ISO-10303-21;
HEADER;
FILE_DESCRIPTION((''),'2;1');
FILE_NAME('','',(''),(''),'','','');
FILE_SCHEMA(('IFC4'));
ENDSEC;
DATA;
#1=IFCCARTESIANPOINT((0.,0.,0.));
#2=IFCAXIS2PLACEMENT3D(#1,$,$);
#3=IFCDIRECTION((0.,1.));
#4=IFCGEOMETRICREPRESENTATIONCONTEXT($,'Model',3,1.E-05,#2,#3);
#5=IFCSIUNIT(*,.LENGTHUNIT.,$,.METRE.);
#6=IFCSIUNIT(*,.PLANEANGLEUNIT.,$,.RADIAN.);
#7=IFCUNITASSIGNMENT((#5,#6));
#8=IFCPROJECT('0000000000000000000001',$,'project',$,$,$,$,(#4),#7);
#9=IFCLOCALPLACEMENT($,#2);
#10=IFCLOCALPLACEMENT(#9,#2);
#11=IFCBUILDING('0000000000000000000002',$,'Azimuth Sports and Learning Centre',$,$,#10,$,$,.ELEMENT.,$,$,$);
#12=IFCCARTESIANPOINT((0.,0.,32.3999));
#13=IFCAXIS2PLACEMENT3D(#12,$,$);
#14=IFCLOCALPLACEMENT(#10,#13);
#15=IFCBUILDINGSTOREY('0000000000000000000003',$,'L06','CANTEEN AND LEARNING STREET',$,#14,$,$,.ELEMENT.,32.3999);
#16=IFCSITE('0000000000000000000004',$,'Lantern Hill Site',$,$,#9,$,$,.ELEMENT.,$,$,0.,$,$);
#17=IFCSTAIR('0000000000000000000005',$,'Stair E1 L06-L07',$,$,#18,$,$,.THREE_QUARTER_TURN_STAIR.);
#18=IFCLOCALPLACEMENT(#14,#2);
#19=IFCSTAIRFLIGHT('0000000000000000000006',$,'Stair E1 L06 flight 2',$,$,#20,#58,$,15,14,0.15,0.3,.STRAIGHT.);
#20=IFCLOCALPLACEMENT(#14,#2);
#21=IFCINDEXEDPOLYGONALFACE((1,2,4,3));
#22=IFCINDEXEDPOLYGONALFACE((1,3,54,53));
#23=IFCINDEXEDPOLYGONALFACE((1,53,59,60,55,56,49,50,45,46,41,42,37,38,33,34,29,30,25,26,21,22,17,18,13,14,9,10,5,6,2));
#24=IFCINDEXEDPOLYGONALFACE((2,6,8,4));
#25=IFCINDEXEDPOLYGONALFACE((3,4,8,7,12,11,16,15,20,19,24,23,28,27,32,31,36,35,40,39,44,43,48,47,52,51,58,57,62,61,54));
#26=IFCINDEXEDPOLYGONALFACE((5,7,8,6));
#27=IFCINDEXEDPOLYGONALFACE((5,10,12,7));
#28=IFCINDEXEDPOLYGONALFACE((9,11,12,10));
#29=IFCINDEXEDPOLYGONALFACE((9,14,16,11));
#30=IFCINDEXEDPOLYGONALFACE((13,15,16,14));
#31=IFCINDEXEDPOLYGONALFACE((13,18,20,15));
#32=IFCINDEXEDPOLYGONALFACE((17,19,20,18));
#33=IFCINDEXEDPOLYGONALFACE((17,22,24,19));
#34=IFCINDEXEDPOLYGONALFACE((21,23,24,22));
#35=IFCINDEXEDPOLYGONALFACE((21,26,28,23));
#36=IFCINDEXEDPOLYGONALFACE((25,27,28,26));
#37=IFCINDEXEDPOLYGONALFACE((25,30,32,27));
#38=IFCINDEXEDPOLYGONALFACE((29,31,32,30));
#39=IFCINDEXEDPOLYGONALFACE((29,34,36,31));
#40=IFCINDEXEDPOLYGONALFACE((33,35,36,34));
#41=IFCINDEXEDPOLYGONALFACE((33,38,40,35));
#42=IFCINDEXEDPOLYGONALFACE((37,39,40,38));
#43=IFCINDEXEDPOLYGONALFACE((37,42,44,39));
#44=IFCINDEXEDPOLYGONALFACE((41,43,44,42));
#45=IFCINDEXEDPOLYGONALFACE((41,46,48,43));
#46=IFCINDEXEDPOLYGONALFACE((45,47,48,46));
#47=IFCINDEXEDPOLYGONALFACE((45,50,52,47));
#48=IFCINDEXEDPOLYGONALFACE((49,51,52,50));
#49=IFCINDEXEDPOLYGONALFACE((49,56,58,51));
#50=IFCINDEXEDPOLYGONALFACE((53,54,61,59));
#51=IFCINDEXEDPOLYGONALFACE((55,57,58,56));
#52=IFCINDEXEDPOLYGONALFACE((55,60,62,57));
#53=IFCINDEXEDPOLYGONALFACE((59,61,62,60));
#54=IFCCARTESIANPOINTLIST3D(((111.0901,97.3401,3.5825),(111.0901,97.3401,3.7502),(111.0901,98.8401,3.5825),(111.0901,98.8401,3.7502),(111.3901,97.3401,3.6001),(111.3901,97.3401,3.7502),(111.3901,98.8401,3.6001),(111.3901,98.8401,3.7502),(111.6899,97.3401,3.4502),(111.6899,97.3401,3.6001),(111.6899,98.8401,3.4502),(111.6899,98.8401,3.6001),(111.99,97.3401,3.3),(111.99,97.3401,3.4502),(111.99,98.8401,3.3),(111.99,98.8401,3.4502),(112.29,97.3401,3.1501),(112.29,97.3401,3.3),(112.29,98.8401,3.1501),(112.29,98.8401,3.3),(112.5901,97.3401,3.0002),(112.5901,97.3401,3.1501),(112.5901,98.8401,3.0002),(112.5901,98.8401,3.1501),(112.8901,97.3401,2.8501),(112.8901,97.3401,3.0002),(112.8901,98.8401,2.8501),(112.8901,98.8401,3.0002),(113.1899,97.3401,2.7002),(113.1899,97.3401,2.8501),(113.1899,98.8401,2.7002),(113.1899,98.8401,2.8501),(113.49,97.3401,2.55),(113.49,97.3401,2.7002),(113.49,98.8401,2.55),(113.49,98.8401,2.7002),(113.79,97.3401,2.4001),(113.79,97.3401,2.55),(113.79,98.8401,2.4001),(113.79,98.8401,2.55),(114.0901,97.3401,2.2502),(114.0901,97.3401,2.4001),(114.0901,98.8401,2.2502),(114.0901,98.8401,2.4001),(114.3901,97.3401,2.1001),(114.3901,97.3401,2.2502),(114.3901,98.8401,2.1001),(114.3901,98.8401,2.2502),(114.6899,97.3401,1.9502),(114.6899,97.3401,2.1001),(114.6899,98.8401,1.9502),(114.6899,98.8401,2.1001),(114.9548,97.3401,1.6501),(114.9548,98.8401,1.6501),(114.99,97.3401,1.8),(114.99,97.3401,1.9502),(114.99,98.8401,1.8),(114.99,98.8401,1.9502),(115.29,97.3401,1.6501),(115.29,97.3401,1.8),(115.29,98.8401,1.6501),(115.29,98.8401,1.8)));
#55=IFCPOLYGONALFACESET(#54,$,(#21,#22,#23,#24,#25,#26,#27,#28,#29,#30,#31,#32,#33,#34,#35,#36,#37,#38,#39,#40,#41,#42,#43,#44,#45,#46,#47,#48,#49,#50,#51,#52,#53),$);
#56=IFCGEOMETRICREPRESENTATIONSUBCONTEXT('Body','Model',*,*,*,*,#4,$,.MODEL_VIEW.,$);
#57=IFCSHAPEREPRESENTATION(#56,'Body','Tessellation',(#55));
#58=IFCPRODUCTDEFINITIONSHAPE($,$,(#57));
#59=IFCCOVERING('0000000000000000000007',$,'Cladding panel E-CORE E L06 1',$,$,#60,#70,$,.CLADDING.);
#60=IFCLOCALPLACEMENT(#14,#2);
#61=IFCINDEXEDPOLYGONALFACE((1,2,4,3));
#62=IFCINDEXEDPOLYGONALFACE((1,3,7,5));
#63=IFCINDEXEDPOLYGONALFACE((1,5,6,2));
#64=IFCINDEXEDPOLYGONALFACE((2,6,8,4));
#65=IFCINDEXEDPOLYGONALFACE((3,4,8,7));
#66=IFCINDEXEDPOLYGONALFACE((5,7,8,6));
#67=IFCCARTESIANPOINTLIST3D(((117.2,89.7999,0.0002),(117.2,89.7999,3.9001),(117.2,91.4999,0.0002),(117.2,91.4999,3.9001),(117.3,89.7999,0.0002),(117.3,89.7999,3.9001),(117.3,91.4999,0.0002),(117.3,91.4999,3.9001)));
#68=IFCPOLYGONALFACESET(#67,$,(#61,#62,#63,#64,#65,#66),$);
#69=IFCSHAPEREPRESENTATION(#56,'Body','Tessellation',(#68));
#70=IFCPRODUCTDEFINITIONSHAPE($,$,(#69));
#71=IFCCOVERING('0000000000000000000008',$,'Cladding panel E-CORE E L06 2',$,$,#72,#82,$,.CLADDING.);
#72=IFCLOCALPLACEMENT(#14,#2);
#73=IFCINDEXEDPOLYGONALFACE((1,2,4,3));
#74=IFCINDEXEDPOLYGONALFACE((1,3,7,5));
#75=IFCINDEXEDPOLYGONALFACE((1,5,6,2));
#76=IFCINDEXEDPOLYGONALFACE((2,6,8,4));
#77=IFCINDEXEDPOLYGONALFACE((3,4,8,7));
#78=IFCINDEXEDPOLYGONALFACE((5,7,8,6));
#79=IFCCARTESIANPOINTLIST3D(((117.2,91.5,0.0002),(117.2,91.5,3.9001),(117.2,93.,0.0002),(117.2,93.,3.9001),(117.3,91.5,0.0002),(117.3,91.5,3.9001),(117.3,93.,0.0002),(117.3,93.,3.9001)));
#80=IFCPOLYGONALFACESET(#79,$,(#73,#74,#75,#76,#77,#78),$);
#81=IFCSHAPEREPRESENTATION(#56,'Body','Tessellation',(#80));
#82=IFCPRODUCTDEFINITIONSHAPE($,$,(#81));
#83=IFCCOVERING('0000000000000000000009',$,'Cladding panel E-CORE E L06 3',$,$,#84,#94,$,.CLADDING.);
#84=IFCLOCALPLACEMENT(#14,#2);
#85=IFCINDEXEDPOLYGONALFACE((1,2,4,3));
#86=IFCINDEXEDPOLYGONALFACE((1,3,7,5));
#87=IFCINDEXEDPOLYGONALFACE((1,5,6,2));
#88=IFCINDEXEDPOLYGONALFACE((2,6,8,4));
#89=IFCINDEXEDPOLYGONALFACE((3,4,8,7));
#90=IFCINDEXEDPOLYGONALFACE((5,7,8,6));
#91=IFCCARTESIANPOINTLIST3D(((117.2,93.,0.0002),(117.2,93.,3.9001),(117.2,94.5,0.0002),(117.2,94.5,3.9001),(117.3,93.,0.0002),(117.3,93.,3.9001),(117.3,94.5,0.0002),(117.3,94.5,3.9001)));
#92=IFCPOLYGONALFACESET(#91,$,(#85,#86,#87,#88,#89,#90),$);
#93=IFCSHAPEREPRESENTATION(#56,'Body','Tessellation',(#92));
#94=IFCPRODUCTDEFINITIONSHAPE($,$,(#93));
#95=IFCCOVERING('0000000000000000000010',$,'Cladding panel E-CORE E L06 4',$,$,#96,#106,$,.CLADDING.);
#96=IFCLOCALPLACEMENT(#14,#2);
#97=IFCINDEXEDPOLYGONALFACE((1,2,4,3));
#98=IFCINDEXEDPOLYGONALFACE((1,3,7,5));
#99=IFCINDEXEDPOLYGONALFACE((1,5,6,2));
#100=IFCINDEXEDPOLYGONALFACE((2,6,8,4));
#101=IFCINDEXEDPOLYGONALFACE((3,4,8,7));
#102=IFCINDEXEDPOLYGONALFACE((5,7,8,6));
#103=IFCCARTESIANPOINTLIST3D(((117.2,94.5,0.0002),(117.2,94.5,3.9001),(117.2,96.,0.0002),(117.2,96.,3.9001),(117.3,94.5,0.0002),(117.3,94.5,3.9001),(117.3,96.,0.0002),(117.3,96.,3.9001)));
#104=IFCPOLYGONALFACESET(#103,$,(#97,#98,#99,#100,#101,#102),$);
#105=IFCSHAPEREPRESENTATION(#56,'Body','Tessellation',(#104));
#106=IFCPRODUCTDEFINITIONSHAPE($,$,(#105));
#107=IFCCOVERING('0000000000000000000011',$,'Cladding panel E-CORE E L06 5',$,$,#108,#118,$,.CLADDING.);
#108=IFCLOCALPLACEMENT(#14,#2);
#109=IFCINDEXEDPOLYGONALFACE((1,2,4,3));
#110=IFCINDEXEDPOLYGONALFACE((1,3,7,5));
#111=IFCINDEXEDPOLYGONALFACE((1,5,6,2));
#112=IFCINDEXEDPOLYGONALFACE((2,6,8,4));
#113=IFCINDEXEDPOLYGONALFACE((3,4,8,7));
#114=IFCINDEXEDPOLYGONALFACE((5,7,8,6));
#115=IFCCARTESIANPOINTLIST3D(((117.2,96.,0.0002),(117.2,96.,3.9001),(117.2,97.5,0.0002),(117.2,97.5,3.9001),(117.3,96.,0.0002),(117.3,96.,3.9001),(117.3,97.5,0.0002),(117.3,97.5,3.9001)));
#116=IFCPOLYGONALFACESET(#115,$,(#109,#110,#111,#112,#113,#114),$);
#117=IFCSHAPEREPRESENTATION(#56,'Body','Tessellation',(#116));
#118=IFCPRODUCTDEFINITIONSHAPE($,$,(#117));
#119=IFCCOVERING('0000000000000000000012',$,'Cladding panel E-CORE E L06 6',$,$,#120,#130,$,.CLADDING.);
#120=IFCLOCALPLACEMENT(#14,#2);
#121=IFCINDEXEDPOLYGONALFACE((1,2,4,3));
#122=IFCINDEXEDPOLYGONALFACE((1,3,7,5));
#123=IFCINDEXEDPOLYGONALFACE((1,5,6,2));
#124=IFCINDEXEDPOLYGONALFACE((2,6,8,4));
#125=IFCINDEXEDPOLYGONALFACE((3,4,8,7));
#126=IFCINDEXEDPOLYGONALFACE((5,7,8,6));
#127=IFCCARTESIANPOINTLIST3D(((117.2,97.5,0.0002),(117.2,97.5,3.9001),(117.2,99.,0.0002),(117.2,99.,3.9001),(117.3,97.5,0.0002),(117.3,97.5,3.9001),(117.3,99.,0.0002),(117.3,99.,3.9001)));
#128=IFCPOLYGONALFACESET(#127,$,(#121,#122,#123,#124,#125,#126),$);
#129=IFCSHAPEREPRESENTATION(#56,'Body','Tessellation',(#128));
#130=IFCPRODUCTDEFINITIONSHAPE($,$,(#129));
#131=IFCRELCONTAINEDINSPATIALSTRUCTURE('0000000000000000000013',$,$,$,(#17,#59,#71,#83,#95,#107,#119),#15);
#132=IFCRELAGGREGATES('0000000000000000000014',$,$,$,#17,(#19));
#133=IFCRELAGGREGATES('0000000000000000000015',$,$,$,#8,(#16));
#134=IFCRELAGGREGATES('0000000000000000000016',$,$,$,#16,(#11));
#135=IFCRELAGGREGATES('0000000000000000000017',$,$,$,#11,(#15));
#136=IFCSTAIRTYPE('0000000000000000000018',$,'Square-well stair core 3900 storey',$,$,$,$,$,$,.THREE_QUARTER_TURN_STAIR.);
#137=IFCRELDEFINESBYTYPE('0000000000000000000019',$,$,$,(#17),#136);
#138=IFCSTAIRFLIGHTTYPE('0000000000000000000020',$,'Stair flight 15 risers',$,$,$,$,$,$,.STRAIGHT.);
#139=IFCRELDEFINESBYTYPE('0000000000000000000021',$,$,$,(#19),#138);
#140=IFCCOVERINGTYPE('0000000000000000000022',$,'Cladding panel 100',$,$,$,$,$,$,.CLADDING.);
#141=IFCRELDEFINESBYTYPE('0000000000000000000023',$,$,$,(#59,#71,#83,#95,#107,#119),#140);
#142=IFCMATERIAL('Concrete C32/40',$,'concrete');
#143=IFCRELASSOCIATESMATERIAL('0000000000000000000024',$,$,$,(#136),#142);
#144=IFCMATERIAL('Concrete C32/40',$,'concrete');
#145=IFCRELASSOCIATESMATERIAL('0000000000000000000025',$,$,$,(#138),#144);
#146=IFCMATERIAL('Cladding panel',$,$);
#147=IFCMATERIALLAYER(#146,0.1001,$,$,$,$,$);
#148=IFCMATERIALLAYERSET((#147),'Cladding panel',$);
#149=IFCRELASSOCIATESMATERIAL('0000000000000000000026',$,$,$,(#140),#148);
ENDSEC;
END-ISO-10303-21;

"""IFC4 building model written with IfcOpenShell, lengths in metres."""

from ifc_helpers import new_model, si_unit, direction, frame, origin, origin_2d, place, context, subcontext, project, spatial, polyline, rectangle, outline, extrude, material, layer, layer_set, type_object, element, aggregate, save


model = new_model("IFC4")

# Units and contexts
model_context = context("Model", 3, precision=1e-05, world=origin(), true_north=direction((0.0, 1.0)))
body_context = subcontext(model_context, "Body", "Model", "MODEL_VIEW")
ifc_project = project(units=[si_unit("LENGTHUNIT", "METRE"), si_unit("PLANEANGLEUNIT", "RADIAN")], contexts=[model_context])

# Site, building, storey
site_placement = place(None, origin())
site = spatial("IfcSite", under=ifc_project, at=site_placement, Name="Lantern Hill Site", CompositionType="ELEMENT", RefElevation=0.0)
building_placement = place(site_placement, origin())
building = spatial("IfcBuilding", under=site, at=building_placement, Name="Azimuth Sports and Learning Centre", CompositionType="ELEMENT")
storey_placement = place(building_placement, frame((0.0, 0.0, 32.3999)))
storey = spatial("IfcBuildingStorey", under=building, at=storey_placement, Name="L06", Description="CANTEEN AND LEARNING STREET", CompositionType="ELEMENT", Elevation=32.3999)

# Stair, stair flight
ifc_material_1 = material(Name="Concrete C32/40", Category="concrete")
stair_type = type_object("IfcStairType", Name="Square-well stair core 3900 storey", PredefinedType="THREE_QUARTER_TURN_STAIR", material=ifc_material_1)
stair_placement = place(storey_placement, origin())
stair = element("IfcStair", 1, at=stair_placement, inside=storey, type_object=stair_type, Name="Stair E1 L06-L07", PredefinedType="THREE_QUARTER_TURN_STAIR")
ifc_material_2 = material(Name="Concrete C32/40", Category="concrete")
stair_flight_type_1 = type_object("IfcStairFlightType", Name="Stair flight 15 risers", PredefinedType="STRAIGHT", material=ifc_material_2)
stair_flight_1_placement = place(storey_placement, frame((115.29, 98.0901, 1.6501), z_axis=(0.0, 0.0, 1.0), x_axis=(-1.0, 0.0, 0.0)))
stair_flight_1 = element("IfcStairFlight", 2, at=stair_flight_1_placement, type_object=stair_flight_type_1, Name="Stair E1 L06 flight 2", NumberOfRisers=15, NumberOfTreads=14, PredefinedType="STRAIGHT", RiserHeight=0.15, TreadLength=0.3, context=body_context, shape_type="SweptSolid", body=[
    extrude(outline(polyline([(0.0, 0.0), (0.0, 0.1499), (0.3, 0.1499), (0.3, 0.3), (0.6001, 0.3), (0.6001, 0.45), (0.8999, 0.45), (0.8999, 0.6001), (1.2, 0.6001), (1.2, 0.75), (1.5, 0.75), (1.5, 0.8999), (1.8, 0.8999), (1.8, 1.05), (2.1001, 1.05), (2.1001, 1.2), (2.3999, 1.2), (2.3999, 1.3501), (2.7, 1.3501), (2.7, 1.5), (3.0, 1.5), (3.0, 1.6499), (3.3, 1.6499), (3.3, 1.8), (3.6001, 1.8), (3.6001, 1.95), (3.8999, 1.95), (3.8999, 2.1001), (4.2, 2.1001), (4.2, 2.25), (4.2, 1.9324), (0.3352, 0.0), (0.0, 0.0)])), frame((0.0, 0.75, 0.0), z_axis=(0.0, -1.0, 0.0), x_axis=(1.0, 0.0, 0.0)), (0.0, 0.0, 1.0), 1.5),
])
aggregate(stair, [stair_flight_1])

# Coverings
ifc_material_3 = material(Name="Cladding panel")
ifc_layer_1 = layer(ifc_material_3, 0.1001)
ifc_layer_set_1 = layer_set([ifc_layer_1], Name="Cladding panel")
covering_type = type_object("IfcCoveringType", Name="Cladding panel 100", PredefinedType="CLADDING", material=ifc_layer_set_1)
covering_placement = place(storey_placement, frame((117.25, 90.6499, 0.0002), z_axis=(0.0, 0.0, 1.0), x_axis=(0.0, 1.0, 0.0)))
element("IfcCovering", 3, at=covering_placement, inside=storey, type_object=covering_type, Name="Cladding panel E-CORE E L06 1", PredefinedType="CLADDING", context=body_context, shape_type="SweptSolid", body=[
    extrude(rectangle(XDim=1.7, YDim=0.1001, at=origin_2d()), origin(), (0.0, 0.0, 1.0), 3.8999),
])
for number, where, z_axis, x_axis, name in (
    (4, (117.25, 92.25, 0.0002), (0.0, 0.0, 1.0), (0.0, 1.0, 0.0), "Cladding panel E-CORE E L06 2"),
    (5, (117.25, 93.75, 0.0002), (0.0, 0.0, 1.0), (0.0, 1.0, 0.0), "Cladding panel E-CORE E L06 3"),
    (6, (117.25, 95.25, 0.0002), (0.0, 0.0, 1.0), (0.0, 1.0, 0.0), "Cladding panel E-CORE E L06 4"),
    (7, (117.25, 96.75, 0.0002), (0.0, 0.0, 1.0), (0.0, 1.0, 0.0), "Cladding panel E-CORE E L06 5"),
    (8, (117.25, 98.25, 0.0002), (0.0, 0.0, 1.0), (0.0, 1.0, 0.0), "Cladding panel E-CORE E L06 6"),
):
    element("IfcCovering", number, at=place(storey_placement, frame(where, z_axis=z_axis, x_axis=x_axis)), inside=storey, type_object=covering_type, Name=name, PredefinedType="CLADDING", context=body_context, shape_type="SweptSolid", body=[
        extrude(rectangle(XDim=1.5, YDim=0.1001, at=origin_2d()), origin(), (0.0, 0.0, 1.0), 3.8999),
    ])

save(model, "model.ifc")
